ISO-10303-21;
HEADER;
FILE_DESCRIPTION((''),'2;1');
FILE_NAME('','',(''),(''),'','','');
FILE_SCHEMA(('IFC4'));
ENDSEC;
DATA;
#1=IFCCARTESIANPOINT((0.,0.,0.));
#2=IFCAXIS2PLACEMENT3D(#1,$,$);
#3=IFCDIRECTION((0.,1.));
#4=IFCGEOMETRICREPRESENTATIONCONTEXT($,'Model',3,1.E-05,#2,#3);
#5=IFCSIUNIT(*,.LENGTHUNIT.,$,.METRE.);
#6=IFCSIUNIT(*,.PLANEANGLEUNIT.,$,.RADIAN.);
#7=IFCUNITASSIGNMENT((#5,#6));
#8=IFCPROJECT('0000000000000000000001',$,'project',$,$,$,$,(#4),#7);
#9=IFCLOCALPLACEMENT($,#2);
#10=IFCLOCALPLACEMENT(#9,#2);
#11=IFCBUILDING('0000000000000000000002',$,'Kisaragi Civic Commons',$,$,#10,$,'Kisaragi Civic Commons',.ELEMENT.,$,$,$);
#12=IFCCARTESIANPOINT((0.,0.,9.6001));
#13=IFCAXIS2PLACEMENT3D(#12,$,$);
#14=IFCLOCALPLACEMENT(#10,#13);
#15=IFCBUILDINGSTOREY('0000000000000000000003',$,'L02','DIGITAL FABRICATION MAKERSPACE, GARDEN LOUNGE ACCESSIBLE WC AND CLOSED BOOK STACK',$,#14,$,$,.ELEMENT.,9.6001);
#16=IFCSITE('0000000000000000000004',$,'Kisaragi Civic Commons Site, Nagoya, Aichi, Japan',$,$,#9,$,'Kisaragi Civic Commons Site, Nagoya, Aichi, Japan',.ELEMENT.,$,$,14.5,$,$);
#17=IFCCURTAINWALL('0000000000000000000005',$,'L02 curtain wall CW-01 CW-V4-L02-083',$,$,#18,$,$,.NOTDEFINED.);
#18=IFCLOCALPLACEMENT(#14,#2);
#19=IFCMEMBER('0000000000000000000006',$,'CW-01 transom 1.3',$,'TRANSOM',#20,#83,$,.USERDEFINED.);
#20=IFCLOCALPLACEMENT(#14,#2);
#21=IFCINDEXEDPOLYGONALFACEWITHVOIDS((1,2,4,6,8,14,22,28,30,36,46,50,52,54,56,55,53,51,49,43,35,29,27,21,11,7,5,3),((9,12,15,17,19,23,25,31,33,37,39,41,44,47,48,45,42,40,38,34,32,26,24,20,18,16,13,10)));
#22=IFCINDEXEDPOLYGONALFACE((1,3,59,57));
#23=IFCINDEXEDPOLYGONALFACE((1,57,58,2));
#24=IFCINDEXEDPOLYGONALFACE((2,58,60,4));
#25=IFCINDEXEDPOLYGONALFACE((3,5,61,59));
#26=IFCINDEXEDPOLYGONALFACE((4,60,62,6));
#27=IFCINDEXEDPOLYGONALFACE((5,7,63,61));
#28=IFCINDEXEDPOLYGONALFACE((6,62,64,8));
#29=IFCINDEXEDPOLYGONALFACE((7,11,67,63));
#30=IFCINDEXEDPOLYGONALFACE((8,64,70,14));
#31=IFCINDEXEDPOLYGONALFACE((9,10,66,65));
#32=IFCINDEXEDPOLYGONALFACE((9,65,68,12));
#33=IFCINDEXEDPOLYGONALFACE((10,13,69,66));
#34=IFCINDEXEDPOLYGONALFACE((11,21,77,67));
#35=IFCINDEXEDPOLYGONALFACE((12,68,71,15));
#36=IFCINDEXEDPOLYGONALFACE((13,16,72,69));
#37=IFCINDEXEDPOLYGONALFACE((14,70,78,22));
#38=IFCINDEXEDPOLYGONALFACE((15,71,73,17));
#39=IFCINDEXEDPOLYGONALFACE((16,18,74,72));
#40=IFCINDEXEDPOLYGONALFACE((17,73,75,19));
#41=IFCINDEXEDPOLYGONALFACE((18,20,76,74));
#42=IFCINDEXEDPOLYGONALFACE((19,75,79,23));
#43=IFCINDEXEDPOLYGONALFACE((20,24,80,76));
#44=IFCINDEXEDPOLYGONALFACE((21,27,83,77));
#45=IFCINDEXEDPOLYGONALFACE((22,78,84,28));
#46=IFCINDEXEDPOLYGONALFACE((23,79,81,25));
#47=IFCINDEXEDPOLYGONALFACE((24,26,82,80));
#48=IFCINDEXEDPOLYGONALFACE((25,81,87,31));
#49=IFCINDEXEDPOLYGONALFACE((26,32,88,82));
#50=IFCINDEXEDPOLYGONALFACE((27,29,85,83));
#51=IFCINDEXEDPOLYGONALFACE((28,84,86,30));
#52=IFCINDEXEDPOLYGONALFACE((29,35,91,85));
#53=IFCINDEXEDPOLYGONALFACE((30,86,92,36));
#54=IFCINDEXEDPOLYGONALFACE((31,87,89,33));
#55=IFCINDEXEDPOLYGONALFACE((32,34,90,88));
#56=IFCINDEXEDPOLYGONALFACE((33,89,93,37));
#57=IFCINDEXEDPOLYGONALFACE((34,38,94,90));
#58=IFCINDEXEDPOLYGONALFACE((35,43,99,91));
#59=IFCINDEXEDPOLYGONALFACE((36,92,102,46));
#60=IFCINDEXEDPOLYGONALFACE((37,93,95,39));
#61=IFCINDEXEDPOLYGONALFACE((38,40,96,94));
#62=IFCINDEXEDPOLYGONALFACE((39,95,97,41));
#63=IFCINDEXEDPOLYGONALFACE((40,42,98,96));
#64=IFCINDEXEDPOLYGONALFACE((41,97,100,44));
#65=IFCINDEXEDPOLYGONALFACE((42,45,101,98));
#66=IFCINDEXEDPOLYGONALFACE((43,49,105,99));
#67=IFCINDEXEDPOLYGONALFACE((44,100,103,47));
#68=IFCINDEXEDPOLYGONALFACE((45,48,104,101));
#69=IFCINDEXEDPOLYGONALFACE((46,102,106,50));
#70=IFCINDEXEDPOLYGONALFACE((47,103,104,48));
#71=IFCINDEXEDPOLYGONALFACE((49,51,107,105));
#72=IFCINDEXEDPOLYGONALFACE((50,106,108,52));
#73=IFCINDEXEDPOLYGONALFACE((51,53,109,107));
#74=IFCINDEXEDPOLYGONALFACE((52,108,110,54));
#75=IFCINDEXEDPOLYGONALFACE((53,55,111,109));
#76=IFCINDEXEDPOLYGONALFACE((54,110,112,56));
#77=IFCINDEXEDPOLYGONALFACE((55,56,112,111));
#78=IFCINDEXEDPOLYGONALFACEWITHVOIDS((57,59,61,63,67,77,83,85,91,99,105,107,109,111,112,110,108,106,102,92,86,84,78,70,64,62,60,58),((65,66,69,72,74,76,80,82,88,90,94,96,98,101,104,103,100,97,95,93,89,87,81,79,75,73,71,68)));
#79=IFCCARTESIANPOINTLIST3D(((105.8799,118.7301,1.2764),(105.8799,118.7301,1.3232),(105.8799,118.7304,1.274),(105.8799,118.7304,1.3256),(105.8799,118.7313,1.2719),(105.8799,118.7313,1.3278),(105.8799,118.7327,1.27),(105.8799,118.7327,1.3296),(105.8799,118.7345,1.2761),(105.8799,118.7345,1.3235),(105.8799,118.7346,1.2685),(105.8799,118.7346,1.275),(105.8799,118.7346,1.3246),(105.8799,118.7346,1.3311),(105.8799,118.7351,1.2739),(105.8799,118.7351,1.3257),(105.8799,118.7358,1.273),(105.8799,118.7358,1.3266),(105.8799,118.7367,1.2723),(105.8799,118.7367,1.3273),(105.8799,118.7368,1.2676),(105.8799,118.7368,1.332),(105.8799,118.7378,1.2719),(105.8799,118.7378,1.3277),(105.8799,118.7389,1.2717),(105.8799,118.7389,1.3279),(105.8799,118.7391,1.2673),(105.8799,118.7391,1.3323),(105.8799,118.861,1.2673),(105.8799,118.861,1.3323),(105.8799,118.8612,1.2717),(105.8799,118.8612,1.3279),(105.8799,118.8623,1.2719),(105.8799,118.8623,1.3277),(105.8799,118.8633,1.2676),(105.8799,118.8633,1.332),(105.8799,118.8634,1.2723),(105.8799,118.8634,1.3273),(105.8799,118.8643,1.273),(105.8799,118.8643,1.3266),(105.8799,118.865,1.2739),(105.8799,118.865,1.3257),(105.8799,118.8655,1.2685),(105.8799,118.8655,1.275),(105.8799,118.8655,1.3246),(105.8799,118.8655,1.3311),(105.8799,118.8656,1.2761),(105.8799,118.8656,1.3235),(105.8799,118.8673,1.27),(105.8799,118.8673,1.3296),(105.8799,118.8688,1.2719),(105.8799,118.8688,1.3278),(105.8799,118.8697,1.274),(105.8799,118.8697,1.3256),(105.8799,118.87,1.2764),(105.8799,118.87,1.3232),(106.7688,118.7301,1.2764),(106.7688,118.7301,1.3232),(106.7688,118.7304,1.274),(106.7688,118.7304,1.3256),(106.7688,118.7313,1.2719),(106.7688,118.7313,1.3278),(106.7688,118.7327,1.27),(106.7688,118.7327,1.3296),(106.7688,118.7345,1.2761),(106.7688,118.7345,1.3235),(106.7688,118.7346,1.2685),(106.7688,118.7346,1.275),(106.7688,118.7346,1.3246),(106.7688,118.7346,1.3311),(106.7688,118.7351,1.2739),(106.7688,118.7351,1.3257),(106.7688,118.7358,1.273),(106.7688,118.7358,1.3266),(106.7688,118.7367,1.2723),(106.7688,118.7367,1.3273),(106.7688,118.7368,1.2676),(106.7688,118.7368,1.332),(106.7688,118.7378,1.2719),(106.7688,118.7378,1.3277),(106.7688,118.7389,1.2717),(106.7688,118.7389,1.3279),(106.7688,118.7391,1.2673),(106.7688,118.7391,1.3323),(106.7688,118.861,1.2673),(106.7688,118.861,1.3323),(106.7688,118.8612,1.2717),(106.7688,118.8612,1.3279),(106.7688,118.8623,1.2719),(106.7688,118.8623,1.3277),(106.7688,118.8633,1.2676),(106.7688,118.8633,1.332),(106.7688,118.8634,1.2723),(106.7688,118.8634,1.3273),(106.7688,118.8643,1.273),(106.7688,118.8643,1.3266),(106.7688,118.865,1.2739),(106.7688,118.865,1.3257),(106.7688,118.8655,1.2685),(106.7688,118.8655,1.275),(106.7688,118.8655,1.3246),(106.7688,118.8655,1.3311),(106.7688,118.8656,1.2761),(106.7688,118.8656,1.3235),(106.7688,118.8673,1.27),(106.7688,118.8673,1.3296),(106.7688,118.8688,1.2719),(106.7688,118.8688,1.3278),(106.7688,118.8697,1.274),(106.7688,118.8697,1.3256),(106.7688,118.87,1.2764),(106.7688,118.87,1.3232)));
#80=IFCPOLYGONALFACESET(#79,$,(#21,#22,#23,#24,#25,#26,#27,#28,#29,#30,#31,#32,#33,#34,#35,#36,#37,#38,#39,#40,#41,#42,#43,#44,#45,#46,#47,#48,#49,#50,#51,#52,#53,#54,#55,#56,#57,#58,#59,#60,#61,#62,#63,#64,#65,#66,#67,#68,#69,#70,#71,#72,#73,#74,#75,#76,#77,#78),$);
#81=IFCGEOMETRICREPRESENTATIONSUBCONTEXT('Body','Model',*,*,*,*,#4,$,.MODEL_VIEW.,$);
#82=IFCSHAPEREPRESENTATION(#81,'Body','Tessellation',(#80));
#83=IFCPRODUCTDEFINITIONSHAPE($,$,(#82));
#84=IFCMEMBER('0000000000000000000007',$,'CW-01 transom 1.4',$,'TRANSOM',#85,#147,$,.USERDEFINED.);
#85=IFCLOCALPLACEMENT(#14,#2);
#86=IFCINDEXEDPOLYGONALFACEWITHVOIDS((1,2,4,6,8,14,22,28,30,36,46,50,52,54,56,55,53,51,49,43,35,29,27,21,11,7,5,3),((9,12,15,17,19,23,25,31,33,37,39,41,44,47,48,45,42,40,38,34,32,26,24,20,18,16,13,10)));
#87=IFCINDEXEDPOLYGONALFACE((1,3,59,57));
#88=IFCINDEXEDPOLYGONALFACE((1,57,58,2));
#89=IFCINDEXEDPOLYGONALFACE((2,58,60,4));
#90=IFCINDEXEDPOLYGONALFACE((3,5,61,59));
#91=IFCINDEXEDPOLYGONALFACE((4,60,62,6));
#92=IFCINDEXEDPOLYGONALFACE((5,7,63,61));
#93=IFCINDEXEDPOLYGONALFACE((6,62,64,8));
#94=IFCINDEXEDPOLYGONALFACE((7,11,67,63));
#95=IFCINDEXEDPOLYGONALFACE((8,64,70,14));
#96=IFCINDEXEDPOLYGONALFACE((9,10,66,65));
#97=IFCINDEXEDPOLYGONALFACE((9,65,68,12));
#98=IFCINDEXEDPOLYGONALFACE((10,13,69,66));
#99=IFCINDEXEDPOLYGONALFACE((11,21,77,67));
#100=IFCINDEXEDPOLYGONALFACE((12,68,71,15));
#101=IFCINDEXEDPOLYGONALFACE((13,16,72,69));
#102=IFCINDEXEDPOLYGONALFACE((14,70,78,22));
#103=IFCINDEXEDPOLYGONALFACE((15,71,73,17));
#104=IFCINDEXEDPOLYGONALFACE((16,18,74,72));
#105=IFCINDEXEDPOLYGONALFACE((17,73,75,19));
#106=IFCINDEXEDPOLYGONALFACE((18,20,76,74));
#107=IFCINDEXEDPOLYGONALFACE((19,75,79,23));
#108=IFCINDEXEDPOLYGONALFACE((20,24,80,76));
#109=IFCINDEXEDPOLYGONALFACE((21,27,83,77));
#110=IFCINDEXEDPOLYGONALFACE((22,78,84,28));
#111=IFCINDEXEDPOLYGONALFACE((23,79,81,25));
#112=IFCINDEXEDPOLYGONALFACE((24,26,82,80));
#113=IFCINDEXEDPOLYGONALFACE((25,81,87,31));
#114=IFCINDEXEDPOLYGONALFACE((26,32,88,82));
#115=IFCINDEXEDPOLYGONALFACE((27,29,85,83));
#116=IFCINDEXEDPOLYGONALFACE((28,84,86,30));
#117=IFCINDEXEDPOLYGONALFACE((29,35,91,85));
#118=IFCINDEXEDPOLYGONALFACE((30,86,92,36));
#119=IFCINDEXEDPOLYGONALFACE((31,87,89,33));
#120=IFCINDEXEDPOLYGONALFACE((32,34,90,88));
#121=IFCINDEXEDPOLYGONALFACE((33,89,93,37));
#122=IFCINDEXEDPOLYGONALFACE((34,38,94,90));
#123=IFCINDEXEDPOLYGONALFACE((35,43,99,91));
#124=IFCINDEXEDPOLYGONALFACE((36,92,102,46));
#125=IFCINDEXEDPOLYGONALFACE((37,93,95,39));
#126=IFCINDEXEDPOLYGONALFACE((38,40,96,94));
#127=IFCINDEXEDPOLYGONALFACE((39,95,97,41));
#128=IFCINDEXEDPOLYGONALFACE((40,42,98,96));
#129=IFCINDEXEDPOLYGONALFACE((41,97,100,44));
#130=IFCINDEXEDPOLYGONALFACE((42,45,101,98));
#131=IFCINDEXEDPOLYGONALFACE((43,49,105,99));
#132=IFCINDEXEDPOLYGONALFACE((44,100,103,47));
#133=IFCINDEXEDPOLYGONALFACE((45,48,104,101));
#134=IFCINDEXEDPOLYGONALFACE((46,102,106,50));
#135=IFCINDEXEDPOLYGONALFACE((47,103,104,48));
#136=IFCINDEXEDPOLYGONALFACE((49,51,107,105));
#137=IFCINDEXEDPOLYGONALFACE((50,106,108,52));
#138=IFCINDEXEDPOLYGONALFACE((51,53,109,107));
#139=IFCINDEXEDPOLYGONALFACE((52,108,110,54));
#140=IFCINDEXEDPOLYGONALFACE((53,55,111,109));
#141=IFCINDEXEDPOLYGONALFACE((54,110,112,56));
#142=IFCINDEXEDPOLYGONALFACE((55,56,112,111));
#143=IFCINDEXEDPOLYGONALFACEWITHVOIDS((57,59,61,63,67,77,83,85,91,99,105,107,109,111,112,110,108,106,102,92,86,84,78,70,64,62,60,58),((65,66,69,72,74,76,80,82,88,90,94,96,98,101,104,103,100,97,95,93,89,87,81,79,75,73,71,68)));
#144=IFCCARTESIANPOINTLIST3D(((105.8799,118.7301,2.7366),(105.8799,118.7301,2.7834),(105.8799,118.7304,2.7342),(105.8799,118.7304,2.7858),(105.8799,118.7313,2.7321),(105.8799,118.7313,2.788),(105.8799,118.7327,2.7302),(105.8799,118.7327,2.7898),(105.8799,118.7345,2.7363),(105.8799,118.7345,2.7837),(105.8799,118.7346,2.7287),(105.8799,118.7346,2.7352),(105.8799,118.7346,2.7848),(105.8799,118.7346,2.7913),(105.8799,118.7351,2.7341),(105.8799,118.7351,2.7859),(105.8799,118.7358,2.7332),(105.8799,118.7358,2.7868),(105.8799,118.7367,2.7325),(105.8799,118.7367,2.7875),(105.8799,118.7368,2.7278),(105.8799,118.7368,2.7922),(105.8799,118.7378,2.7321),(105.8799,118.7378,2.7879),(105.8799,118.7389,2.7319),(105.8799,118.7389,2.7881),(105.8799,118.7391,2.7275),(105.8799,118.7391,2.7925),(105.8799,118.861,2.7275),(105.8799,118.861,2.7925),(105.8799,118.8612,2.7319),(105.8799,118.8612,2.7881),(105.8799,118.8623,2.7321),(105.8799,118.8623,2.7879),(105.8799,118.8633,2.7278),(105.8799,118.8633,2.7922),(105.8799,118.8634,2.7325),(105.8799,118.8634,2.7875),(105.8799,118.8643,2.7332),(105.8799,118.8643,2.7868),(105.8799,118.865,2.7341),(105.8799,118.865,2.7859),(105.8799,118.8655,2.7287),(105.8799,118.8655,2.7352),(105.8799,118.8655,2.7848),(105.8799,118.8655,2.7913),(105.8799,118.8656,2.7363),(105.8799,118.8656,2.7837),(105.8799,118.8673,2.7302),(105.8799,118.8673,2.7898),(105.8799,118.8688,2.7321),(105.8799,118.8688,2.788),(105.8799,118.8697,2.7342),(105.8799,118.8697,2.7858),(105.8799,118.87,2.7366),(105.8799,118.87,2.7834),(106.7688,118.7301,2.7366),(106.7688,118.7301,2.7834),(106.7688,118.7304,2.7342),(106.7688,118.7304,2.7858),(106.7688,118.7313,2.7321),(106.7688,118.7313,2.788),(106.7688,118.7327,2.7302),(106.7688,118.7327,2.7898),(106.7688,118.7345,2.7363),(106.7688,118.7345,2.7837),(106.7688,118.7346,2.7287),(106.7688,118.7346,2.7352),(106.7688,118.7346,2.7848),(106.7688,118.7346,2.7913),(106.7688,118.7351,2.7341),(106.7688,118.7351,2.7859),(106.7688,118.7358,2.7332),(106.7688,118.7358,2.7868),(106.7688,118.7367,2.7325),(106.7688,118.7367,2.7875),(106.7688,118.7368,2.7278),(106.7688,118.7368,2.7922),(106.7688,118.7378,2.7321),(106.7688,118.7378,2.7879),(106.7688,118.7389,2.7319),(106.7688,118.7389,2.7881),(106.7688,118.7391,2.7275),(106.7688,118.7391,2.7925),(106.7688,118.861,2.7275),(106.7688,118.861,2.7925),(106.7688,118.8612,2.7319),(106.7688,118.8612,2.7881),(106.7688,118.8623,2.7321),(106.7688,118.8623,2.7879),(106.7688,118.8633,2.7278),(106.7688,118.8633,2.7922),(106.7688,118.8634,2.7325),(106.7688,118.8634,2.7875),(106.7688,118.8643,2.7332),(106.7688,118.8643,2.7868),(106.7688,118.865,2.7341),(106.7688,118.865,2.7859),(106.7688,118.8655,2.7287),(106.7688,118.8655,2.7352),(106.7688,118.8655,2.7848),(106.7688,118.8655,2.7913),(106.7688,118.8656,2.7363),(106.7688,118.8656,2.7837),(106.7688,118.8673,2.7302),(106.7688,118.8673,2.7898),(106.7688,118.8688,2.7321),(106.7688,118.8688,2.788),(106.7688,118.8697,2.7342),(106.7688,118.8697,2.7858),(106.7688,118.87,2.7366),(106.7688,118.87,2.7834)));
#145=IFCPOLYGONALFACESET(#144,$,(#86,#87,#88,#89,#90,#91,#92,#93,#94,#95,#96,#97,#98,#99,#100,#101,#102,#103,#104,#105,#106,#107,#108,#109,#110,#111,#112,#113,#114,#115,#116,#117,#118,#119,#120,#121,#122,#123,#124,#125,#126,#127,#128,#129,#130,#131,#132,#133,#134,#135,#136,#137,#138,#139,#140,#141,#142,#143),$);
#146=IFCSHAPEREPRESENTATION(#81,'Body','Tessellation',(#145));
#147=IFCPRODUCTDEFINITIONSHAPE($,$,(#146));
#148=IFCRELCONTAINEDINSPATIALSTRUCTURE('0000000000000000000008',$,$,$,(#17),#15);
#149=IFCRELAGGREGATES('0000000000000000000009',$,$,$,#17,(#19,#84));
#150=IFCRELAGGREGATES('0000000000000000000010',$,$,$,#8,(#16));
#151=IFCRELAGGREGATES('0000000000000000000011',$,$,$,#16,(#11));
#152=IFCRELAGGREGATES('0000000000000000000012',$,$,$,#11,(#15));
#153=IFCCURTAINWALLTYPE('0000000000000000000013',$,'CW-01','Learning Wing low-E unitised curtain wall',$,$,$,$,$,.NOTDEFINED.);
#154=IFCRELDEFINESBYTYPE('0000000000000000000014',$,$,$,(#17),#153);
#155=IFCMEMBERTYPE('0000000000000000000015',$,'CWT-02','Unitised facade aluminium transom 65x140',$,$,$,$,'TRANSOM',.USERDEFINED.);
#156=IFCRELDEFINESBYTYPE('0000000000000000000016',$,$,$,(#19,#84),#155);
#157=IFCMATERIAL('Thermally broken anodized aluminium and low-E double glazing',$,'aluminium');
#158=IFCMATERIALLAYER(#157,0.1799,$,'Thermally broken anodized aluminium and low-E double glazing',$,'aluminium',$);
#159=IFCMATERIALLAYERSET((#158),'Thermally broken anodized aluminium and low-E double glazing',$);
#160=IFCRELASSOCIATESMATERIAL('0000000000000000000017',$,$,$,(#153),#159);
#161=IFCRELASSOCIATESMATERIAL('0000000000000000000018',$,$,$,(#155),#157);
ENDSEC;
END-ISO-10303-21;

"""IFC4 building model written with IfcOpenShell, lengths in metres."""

from ifc_helpers import new_model, si_unit, direction, frame, origin, origin_2d, place, context, subcontext, project, spatial, hollow_rectangle, extrude, material, layer, layer_set, material_profile, profile_set, type_object, element, aggregate, save


model = new_model("IFC4")

# Units and contexts
model_context = context("Model", 3, precision=1e-05, world=origin(), true_north=direction((0.0, 1.0)))
body_context = subcontext(model_context, "Body", "Model", "MODEL_VIEW")
ifc_project = project(units=[si_unit("LENGTHUNIT", "METRE"), si_unit("PLANEANGLEUNIT", "RADIAN")], contexts=[model_context])

# Site, building, storey
site_placement = place(None, origin())
site = spatial("IfcSite", under=ifc_project, at=site_placement, Name="Kisaragi Civic Commons Site, Nagoya, Aichi, Japan", LongName="Kisaragi Civic Commons Site, Nagoya, Aichi, Japan", CompositionType="ELEMENT", RefElevation=14.5)
building_placement = place(site_placement, origin())
building = spatial("IfcBuilding", under=site, at=building_placement, Name="Kisaragi Civic Commons", LongName="Kisaragi Civic Commons", CompositionType="ELEMENT")
storey_placement = place(building_placement, frame((0.0, 0.0, 9.6001)))
storey = spatial("IfcBuildingStorey", under=building, at=storey_placement, Name="L02", Description="DIGITAL FABRICATION MAKERSPACE, GARDEN LOUNGE ACCESSIBLE WC AND CLOSED BOOK STACK", CompositionType="ELEMENT", Elevation=9.6001)

# Curtain wall
ifc_material_1 = material(Name="Thermally broken anodized aluminium and low-E double glazing", Category="aluminium")
ifc_layer_1 = layer(ifc_material_1, 0.1799, Name="Thermally broken anodized aluminium and low-E double glazing", Category="aluminium")
ifc_layer_set_1 = layer_set([ifc_layer_1], Name="Thermally broken anodized aluminium and low-E double glazing")
curtain_wall_type = type_object("IfcCurtainWallType", Name="CW-01", Description="Learning Wing low-E unitised curtain wall", PredefinedType="NOTDEFINED", material=ifc_layer_set_1)
curtain_wall_1_placement = place(storey_placement, origin())
curtain_wall_1 = element("IfcCurtainWall", 1, at=curtain_wall_1_placement, inside=storey, type_object=curtain_wall_type, Name="L02 curtain wall CW-01 CW-V4-L02-083", PredefinedType="NOTDEFINED")

# Members
ifc_material_profile_1 = material_profile(ifc_material_1, hollow_rectangle(XDim=0.1399, YDim=0.0649, WallThickness=0.0044, InnerFilletRadius=0.0044, OuterFilletRadius=0.009, at=origin_2d()), Name="CWT-65x140x4.5", Category="aluminium")
ifc_profile_set_1 = profile_set([ifc_material_profile_1], Name="Thermally broken anodized aluminium and low-E double glazing")
member_type_1 = type_object("IfcMemberType", Name="CWT-02", Description="Unitised facade aluminium transom 65x140", ElementType="TRANSOM", PredefinedType="USERDEFINED", material=ifc_profile_set_1)
member_1_placement = place(storey_placement, frame((105.8799, 118.8, 1.2998), z_axis=(1.0, 0.0, 0.0), x_axis=(0.0, 1.0, 0.0)))
member_1 = element("IfcMember", 2, at=member_1_placement, type_object=member_type_1, Name="CW-01 transom 1.3", ObjectType="TRANSOM", PredefinedType="USERDEFINED", context=body_context, shape_type="SweptSolid", body=[
    extrude(hollow_rectangle(XDim=0.1399, YDim=0.0649, WallThickness=0.0044, InnerFilletRadius=0.0044, OuterFilletRadius=0.009, at=origin_2d()), origin(), (0.0, 0.0, 1.0), 0.8889),
])
member_2_placement = place(storey_placement, frame((105.8799, 118.8, 2.76), z_axis=(1.0, 0.0, 0.0), x_axis=(0.0, 1.0, 0.0)))
member_2 = element("IfcMember", 3, at=member_2_placement, type_object=member_type_1, Name="CW-01 transom 1.4", ObjectType="TRANSOM", PredefinedType="USERDEFINED", context=body_context, shape_type="SweptSolid", body=[
    extrude(hollow_rectangle(XDim=0.1399, YDim=0.0649, WallThickness=0.0044, InnerFilletRadius=0.0044, OuterFilletRadius=0.009, at=origin_2d()), origin(), (0.0, 0.0, 1.0), 0.8889),
])

aggregate(curtain_wall_1, [member_1, member_2])

save(model, "model.ifc")
